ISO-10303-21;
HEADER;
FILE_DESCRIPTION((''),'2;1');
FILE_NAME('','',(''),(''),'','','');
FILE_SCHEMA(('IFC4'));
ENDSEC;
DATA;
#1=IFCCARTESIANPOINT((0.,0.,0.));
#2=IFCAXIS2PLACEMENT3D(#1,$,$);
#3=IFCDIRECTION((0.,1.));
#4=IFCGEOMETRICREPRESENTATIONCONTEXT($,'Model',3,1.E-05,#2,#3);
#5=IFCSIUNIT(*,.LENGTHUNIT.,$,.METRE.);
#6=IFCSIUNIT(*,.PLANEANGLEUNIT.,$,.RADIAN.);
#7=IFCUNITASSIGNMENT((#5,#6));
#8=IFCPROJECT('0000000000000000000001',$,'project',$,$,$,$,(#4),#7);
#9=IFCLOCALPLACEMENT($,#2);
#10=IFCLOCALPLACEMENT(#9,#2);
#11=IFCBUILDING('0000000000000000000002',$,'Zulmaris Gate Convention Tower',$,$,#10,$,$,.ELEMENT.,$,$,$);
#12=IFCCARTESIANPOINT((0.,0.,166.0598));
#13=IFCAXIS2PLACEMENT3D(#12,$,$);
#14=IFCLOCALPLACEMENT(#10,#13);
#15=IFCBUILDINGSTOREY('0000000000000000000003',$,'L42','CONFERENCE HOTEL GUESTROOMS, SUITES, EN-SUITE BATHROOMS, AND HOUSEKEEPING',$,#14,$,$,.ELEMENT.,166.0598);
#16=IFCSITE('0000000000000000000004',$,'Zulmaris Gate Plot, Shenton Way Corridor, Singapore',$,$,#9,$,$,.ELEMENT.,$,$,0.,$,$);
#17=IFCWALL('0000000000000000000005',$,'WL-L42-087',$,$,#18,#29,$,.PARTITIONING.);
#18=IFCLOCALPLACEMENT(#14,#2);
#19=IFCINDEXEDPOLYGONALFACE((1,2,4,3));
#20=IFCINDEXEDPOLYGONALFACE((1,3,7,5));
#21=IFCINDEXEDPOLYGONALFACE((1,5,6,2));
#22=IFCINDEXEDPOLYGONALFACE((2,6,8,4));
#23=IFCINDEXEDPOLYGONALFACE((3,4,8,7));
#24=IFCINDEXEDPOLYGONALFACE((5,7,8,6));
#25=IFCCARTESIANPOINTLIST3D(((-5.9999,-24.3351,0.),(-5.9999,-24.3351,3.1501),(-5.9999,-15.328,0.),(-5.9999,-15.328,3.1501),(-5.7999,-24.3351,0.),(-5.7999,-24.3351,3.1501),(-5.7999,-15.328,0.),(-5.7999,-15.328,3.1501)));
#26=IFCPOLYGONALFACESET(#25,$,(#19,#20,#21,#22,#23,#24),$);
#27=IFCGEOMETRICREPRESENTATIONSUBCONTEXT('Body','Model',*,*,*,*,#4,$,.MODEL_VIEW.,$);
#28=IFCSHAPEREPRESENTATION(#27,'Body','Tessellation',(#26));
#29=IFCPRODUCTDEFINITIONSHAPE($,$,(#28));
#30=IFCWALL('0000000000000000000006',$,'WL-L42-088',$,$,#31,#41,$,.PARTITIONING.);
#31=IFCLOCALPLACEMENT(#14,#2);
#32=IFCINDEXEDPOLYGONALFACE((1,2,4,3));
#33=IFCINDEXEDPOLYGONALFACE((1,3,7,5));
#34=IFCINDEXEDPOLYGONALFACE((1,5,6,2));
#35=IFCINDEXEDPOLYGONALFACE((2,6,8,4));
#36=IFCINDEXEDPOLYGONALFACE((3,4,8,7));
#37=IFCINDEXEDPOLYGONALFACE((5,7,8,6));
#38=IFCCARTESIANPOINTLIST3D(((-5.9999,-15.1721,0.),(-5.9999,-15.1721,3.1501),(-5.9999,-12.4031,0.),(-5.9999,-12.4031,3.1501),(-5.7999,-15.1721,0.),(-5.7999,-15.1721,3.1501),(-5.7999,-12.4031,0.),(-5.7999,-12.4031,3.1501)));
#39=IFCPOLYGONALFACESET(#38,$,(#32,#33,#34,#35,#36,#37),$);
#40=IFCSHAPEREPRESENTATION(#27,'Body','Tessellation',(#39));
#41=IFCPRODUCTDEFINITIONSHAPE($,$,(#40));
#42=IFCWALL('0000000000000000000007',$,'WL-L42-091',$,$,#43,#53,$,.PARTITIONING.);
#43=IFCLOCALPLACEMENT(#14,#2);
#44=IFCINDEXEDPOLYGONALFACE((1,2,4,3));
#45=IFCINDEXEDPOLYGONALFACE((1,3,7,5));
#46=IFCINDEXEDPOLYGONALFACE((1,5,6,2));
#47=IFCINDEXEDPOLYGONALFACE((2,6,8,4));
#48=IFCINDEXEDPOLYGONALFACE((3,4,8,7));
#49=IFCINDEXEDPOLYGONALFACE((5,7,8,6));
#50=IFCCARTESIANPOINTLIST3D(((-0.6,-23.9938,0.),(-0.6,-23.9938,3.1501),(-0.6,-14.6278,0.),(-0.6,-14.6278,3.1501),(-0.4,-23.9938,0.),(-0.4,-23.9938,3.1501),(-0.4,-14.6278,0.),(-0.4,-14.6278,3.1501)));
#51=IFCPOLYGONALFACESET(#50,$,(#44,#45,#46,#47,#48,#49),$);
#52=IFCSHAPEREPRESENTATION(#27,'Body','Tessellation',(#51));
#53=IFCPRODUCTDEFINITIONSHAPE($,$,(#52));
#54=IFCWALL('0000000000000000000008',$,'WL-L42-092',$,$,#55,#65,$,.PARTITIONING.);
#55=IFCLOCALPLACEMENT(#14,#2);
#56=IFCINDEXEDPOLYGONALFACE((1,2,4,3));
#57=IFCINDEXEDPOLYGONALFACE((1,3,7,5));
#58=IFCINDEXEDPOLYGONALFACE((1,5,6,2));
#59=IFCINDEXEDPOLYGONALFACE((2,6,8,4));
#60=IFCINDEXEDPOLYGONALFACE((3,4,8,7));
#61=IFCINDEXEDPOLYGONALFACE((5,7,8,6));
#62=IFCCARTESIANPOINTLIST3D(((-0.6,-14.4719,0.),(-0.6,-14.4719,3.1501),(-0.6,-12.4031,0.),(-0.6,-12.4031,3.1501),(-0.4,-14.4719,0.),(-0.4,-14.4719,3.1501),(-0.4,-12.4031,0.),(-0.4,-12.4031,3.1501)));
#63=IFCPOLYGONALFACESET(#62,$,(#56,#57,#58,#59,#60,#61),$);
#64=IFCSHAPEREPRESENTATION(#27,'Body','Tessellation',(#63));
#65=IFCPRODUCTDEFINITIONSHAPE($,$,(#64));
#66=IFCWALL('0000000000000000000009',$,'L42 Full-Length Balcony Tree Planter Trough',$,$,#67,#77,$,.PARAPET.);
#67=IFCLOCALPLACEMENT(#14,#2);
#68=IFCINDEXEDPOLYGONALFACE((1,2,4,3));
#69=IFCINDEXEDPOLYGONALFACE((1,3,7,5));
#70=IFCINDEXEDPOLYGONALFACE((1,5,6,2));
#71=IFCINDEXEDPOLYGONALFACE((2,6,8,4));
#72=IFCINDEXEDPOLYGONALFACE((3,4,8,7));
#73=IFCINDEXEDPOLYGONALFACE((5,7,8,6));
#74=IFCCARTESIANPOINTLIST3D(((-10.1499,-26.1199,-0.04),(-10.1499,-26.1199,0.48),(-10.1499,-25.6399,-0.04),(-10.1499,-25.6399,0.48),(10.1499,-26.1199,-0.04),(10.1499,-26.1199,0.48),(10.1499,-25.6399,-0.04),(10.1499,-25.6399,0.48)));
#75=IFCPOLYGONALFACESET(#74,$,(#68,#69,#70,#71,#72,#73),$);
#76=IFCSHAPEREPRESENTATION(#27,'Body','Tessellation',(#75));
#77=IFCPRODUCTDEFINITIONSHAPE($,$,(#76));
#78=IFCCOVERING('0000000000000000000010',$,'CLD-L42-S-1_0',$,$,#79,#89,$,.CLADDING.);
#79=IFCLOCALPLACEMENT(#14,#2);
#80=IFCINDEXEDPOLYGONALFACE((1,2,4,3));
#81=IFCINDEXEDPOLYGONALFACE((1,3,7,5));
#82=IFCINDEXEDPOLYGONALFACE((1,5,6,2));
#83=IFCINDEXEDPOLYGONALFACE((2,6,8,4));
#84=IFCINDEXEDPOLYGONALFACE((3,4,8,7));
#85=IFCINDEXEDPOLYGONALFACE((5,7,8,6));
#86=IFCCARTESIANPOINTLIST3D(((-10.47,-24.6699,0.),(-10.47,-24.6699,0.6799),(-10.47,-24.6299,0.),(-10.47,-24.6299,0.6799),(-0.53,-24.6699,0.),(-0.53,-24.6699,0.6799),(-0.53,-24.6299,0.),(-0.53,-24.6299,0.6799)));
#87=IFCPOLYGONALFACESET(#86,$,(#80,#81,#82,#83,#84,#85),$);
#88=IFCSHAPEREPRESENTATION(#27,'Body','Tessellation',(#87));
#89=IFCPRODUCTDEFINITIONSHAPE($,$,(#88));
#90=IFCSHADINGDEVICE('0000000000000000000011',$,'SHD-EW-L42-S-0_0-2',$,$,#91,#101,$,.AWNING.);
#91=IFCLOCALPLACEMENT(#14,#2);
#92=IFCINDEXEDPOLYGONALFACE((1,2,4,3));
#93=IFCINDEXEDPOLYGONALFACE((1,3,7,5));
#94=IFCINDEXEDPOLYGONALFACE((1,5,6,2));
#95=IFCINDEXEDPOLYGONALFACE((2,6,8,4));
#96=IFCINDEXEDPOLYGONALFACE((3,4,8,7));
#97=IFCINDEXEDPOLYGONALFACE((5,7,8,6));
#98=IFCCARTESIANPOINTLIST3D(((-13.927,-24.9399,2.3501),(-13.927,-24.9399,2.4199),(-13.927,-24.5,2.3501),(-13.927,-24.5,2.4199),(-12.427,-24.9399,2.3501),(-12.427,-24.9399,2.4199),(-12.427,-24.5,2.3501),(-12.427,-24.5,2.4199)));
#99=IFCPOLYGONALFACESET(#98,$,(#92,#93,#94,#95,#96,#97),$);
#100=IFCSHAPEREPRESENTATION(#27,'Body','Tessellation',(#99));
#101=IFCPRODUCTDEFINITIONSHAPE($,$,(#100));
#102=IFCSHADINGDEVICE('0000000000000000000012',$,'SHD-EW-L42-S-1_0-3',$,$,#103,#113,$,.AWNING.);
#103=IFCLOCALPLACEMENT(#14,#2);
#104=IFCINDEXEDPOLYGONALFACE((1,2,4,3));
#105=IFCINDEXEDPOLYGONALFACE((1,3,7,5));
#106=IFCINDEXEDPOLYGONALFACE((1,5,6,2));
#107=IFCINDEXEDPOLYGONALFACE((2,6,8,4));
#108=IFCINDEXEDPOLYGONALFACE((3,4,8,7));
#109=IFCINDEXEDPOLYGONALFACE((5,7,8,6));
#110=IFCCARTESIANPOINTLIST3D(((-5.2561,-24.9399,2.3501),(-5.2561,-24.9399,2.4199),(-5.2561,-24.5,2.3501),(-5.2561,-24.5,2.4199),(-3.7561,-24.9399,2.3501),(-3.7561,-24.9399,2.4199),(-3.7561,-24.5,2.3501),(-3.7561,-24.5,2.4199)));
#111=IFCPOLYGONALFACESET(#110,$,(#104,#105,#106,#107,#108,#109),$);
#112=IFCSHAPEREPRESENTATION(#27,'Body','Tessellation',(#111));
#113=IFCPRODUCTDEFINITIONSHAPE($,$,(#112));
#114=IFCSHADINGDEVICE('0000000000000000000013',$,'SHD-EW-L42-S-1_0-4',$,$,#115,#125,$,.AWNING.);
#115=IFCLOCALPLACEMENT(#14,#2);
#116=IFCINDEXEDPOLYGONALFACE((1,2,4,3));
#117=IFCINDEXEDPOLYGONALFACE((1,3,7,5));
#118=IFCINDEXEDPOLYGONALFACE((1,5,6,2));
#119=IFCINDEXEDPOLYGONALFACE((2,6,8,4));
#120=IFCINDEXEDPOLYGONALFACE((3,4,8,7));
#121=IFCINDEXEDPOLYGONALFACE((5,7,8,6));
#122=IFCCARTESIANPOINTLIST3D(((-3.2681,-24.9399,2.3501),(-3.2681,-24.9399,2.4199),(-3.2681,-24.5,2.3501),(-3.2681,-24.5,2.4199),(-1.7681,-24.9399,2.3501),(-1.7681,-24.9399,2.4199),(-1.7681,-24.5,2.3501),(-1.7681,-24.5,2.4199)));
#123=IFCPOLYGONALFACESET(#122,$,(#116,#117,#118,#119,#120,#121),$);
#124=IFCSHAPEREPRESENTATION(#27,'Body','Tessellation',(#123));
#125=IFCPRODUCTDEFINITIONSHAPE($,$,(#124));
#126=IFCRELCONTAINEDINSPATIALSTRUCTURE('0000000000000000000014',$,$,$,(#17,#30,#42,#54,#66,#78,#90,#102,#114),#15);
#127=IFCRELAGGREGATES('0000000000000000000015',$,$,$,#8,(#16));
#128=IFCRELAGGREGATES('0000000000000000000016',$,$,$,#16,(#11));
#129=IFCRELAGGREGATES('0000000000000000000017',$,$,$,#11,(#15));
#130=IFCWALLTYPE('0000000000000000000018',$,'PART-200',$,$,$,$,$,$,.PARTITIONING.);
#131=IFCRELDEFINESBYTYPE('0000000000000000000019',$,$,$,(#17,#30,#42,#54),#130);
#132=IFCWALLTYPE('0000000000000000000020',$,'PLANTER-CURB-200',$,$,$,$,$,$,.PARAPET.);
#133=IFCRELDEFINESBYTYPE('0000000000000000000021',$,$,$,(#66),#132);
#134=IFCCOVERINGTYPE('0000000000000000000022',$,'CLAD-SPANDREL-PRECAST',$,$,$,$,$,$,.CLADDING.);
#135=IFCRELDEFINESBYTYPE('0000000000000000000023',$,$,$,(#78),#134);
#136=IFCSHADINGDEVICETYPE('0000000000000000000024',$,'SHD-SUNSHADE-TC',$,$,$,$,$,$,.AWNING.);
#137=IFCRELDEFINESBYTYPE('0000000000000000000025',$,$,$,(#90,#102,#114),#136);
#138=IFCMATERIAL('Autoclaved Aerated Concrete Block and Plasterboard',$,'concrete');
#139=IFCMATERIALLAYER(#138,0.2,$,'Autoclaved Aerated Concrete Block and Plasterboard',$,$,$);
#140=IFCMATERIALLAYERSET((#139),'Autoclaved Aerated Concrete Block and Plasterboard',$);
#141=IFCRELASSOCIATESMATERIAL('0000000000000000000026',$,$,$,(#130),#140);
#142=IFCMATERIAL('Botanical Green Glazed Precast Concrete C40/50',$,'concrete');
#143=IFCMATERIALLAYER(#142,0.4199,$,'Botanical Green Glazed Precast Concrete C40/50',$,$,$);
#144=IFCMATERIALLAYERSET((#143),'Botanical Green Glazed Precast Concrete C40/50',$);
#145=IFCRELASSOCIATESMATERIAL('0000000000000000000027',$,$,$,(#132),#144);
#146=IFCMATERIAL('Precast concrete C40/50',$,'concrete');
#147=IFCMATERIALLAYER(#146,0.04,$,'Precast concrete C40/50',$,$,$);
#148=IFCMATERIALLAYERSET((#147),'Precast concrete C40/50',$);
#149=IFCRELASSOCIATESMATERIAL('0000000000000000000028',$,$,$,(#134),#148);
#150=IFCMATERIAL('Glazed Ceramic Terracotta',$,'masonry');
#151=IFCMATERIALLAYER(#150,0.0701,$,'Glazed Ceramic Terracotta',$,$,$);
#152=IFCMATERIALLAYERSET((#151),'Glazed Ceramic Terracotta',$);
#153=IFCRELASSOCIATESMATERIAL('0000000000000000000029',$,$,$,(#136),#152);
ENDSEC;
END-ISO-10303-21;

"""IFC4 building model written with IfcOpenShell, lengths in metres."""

from ifc_helpers import new_model, si_unit, direction, frame, frame_2d, origin, place, context, subcontext, project, spatial, rectangle, extrude, material, layer, layer_set, type_object, element, save


model = new_model("IFC4")

# Units and contexts
model_context = context("Model", 3, precision=1e-05, world=origin(), true_north=direction((0.0, 1.0)))
body_context = subcontext(model_context, "Body", "Model", "MODEL_VIEW")
ifc_project = project(units=[si_unit("LENGTHUNIT", "METRE"), si_unit("PLANEANGLEUNIT", "RADIAN")], contexts=[model_context])

# Site, building, storey
site_placement = place(None, origin())
site = spatial("IfcSite", under=ifc_project, at=site_placement, Name="Zulmaris Gate Plot, Shenton Way Corridor, Singapore", CompositionType="ELEMENT", RefElevation=0.0)
building_placement = place(site_placement, origin())
building = spatial("IfcBuilding", under=site, at=building_placement, Name="Zulmaris Gate Convention Tower", CompositionType="ELEMENT")
storey_placement = place(building_placement, frame((0.0, 0.0, 166.0598)))
storey = spatial("IfcBuildingStorey", under=building, at=storey_placement, Name="L42", Description="CONFERENCE HOTEL GUESTROOMS, SUITES, EN-SUITE BATHROOMS, AND HOUSEKEEPING", CompositionType="ELEMENT", Elevation=166.0598)

# Walls
ifc_material_1 = material(Name="Autoclaved Aerated Concrete Block and Plasterboard", Category="concrete")
ifc_layer_1 = layer(ifc_material_1, 0.2, Name="Autoclaved Aerated Concrete Block and Plasterboard")
ifc_layer_set_1 = layer_set([ifc_layer_1], Name="Autoclaved Aerated Concrete Block and Plasterboard")
wall_type_1 = type_object("IfcWallType", Name="PART-200", PredefinedType="PARTITIONING", material=ifc_layer_set_1)
wall_1_placement = place(storey_placement, frame((-5.8999, -24.335, 0.0), z_axis=(0.0, 0.0, 1.0), x_axis=(0.0, 1.0, 0.0)))
element("IfcWall", 1, at=wall_1_placement, inside=storey, type_object=wall_type_1, Name="WL-L42-087", PredefinedType="PARTITIONING", context=body_context, shape_type="SweptSolid", body=[
    extrude(rectangle(XDim=9.0071, YDim=0.2, at=frame_2d((4.5034, 0.0))), origin(), (0.0, 0.0, 1.0), 3.1501),
])
wall_2_placement = place(storey_placement, frame((-5.8999, -15.1721, 0.0), z_axis=(0.0, 0.0, 1.0), x_axis=(0.0, 1.0, 0.0)))
element("IfcWall", 2, at=wall_2_placement, inside=storey, type_object=wall_type_1, Name="WL-L42-088", PredefinedType="PARTITIONING", context=body_context, shape_type="SweptSolid", body=[
    extrude(rectangle(XDim=2.769, YDim=0.2, at=frame_2d((1.3845, 0.0))), origin(), (0.0, 0.0, 1.0), 3.1501),
])
wall_3_placement = place(storey_placement, frame((-0.5, -23.9939, 0.0), z_axis=(0.0, 0.0, 1.0), x_axis=(0.0, 1.0, 0.0)))
element("IfcWall", 3, at=wall_3_placement, inside=storey, type_object=wall_type_1, Name="WL-L42-091", PredefinedType="PARTITIONING", context=body_context, shape_type="SweptSolid", body=[
    extrude(rectangle(XDim=9.366, YDim=0.2, at=frame_2d((4.6831, 0.0))), origin(), (0.0, 0.0, 1.0), 3.1501),
])
wall_4_placement = place(storey_placement, frame((-0.5, -14.4719, 0.0), z_axis=(0.0, 0.0, 1.0), x_axis=(0.0, 1.0, 0.0)))
element("IfcWall", 4, at=wall_4_placement, inside=storey, type_object=wall_type_1, Name="WL-L42-092", PredefinedType="PARTITIONING", context=body_context, shape_type="SweptSolid", body=[
    extrude(rectangle(XDim=2.0688, YDim=0.2, at=frame_2d((1.0344, 0.0))), origin(), (0.0, 0.0, 1.0), 3.1501),
])
ifc_material_2 = material(Name="Botanical Green Glazed Precast Concrete C40/50", Category="concrete")
ifc_layer_2 = layer(ifc_material_2, 0.4199, Name="Botanical Green Glazed Precast Concrete C40/50")
ifc_layer_set_2 = layer_set([ifc_layer_2], Name="Botanical Green Glazed Precast Concrete C40/50")
wall_type_2 = type_object("IfcWallType", Name="PLANTER-CURB-200", PredefinedType="PARAPET", material=ifc_layer_set_2)
wall_5_placement = place(storey_placement, frame((-10.1499, -25.8799, -0.04), z_axis=(0.0, 0.0, 1.0), x_axis=(1.0, 0.0, 0.0)))
element("IfcWall", 5, at=wall_5_placement, inside=storey, type_object=wall_type_2, Name="L42 Full-Length Balcony Tree Planter Trough", PredefinedType="PARAPET", context=body_context, shape_type="SweptSolid", body=[
    extrude(rectangle(XDim=20.2998, YDim=0.48, at=frame_2d((10.1499, 0.0))), origin(), (0.0, 0.0, 1.0), 0.52),
])

# Shared definitions
ifc_material_3 = material(Name="Precast concrete C40/50", Category="concrete")

# Covering
ifc_layer_3 = layer(ifc_material_3, 0.04, Name="Precast concrete C40/50")
ifc_layer_set_3 = layer_set([ifc_layer_3], Name="Precast concrete C40/50")
covering_type = type_object("IfcCoveringType", Name="CLAD-SPANDREL-PRECAST", PredefinedType="CLADDING", material=ifc_layer_set_3)
covering_placement = place(storey_placement, frame((-10.47, -24.6499, 0.0), z_axis=(0.0, 0.0, 1.0), x_axis=(1.0, 0.0, 0.0)))
element("IfcCovering", 6, at=covering_placement, inside=storey, type_object=covering_type, Name="CLD-L42-S-1_0", PredefinedType="CLADDING", context=body_context, shape_type="SweptSolid", body=[
    extrude(rectangle(XDim=9.9399, YDim=0.04, at=frame_2d((4.97, 0.0))), origin(), (0.0, 0.0, 1.0), 0.6799),
])

# Shading devices
ifc_material_4 = material(Name="Glazed Ceramic Terracotta", Category="masonry")
ifc_layer_4 = layer(ifc_material_4, 0.0701, Name="Glazed Ceramic Terracotta")
ifc_layer_set_4 = layer_set([ifc_layer_4], Name="Glazed Ceramic Terracotta")
shading_device_type = type_object("IfcShadingDeviceType", Name="SHD-SUNSHADE-TC", PredefinedType="AWNING", material=ifc_layer_set_4)
for number, where, z_axis, x_axis, name in (
    (7, (-13.927, -24.72, 2.3501), (0.0, 0.0, 1.0), (1.0, 0.0, 0.0), "SHD-EW-L42-S-0_0-2"),
    (8, (-5.2561, -24.72, 2.3501), (0.0, 0.0, 1.0), (1.0, 0.0, 0.0), "SHD-EW-L42-S-1_0-3"),
    (9, (-3.2681, -24.72, 2.3501), (0.0, 0.0, 1.0), (1.0, 0.0, 0.0), "SHD-EW-L42-S-1_0-4"),
):
    element("IfcShadingDevice", number, at=place(storey_placement, frame(where, z_axis=z_axis, x_axis=x_axis)), inside=storey, type_object=shading_device_type, Name=name, PredefinedType="AWNING", context=body_context, shape_type="SweptSolid", body=[
        extrude(rectangle(XDim=1.5, YDim=0.4399, at=frame_2d((0.75, 0.0))), origin(), (0.0, 0.0, 1.0), 0.0698),
    ])

save(model, "model.ifc")
